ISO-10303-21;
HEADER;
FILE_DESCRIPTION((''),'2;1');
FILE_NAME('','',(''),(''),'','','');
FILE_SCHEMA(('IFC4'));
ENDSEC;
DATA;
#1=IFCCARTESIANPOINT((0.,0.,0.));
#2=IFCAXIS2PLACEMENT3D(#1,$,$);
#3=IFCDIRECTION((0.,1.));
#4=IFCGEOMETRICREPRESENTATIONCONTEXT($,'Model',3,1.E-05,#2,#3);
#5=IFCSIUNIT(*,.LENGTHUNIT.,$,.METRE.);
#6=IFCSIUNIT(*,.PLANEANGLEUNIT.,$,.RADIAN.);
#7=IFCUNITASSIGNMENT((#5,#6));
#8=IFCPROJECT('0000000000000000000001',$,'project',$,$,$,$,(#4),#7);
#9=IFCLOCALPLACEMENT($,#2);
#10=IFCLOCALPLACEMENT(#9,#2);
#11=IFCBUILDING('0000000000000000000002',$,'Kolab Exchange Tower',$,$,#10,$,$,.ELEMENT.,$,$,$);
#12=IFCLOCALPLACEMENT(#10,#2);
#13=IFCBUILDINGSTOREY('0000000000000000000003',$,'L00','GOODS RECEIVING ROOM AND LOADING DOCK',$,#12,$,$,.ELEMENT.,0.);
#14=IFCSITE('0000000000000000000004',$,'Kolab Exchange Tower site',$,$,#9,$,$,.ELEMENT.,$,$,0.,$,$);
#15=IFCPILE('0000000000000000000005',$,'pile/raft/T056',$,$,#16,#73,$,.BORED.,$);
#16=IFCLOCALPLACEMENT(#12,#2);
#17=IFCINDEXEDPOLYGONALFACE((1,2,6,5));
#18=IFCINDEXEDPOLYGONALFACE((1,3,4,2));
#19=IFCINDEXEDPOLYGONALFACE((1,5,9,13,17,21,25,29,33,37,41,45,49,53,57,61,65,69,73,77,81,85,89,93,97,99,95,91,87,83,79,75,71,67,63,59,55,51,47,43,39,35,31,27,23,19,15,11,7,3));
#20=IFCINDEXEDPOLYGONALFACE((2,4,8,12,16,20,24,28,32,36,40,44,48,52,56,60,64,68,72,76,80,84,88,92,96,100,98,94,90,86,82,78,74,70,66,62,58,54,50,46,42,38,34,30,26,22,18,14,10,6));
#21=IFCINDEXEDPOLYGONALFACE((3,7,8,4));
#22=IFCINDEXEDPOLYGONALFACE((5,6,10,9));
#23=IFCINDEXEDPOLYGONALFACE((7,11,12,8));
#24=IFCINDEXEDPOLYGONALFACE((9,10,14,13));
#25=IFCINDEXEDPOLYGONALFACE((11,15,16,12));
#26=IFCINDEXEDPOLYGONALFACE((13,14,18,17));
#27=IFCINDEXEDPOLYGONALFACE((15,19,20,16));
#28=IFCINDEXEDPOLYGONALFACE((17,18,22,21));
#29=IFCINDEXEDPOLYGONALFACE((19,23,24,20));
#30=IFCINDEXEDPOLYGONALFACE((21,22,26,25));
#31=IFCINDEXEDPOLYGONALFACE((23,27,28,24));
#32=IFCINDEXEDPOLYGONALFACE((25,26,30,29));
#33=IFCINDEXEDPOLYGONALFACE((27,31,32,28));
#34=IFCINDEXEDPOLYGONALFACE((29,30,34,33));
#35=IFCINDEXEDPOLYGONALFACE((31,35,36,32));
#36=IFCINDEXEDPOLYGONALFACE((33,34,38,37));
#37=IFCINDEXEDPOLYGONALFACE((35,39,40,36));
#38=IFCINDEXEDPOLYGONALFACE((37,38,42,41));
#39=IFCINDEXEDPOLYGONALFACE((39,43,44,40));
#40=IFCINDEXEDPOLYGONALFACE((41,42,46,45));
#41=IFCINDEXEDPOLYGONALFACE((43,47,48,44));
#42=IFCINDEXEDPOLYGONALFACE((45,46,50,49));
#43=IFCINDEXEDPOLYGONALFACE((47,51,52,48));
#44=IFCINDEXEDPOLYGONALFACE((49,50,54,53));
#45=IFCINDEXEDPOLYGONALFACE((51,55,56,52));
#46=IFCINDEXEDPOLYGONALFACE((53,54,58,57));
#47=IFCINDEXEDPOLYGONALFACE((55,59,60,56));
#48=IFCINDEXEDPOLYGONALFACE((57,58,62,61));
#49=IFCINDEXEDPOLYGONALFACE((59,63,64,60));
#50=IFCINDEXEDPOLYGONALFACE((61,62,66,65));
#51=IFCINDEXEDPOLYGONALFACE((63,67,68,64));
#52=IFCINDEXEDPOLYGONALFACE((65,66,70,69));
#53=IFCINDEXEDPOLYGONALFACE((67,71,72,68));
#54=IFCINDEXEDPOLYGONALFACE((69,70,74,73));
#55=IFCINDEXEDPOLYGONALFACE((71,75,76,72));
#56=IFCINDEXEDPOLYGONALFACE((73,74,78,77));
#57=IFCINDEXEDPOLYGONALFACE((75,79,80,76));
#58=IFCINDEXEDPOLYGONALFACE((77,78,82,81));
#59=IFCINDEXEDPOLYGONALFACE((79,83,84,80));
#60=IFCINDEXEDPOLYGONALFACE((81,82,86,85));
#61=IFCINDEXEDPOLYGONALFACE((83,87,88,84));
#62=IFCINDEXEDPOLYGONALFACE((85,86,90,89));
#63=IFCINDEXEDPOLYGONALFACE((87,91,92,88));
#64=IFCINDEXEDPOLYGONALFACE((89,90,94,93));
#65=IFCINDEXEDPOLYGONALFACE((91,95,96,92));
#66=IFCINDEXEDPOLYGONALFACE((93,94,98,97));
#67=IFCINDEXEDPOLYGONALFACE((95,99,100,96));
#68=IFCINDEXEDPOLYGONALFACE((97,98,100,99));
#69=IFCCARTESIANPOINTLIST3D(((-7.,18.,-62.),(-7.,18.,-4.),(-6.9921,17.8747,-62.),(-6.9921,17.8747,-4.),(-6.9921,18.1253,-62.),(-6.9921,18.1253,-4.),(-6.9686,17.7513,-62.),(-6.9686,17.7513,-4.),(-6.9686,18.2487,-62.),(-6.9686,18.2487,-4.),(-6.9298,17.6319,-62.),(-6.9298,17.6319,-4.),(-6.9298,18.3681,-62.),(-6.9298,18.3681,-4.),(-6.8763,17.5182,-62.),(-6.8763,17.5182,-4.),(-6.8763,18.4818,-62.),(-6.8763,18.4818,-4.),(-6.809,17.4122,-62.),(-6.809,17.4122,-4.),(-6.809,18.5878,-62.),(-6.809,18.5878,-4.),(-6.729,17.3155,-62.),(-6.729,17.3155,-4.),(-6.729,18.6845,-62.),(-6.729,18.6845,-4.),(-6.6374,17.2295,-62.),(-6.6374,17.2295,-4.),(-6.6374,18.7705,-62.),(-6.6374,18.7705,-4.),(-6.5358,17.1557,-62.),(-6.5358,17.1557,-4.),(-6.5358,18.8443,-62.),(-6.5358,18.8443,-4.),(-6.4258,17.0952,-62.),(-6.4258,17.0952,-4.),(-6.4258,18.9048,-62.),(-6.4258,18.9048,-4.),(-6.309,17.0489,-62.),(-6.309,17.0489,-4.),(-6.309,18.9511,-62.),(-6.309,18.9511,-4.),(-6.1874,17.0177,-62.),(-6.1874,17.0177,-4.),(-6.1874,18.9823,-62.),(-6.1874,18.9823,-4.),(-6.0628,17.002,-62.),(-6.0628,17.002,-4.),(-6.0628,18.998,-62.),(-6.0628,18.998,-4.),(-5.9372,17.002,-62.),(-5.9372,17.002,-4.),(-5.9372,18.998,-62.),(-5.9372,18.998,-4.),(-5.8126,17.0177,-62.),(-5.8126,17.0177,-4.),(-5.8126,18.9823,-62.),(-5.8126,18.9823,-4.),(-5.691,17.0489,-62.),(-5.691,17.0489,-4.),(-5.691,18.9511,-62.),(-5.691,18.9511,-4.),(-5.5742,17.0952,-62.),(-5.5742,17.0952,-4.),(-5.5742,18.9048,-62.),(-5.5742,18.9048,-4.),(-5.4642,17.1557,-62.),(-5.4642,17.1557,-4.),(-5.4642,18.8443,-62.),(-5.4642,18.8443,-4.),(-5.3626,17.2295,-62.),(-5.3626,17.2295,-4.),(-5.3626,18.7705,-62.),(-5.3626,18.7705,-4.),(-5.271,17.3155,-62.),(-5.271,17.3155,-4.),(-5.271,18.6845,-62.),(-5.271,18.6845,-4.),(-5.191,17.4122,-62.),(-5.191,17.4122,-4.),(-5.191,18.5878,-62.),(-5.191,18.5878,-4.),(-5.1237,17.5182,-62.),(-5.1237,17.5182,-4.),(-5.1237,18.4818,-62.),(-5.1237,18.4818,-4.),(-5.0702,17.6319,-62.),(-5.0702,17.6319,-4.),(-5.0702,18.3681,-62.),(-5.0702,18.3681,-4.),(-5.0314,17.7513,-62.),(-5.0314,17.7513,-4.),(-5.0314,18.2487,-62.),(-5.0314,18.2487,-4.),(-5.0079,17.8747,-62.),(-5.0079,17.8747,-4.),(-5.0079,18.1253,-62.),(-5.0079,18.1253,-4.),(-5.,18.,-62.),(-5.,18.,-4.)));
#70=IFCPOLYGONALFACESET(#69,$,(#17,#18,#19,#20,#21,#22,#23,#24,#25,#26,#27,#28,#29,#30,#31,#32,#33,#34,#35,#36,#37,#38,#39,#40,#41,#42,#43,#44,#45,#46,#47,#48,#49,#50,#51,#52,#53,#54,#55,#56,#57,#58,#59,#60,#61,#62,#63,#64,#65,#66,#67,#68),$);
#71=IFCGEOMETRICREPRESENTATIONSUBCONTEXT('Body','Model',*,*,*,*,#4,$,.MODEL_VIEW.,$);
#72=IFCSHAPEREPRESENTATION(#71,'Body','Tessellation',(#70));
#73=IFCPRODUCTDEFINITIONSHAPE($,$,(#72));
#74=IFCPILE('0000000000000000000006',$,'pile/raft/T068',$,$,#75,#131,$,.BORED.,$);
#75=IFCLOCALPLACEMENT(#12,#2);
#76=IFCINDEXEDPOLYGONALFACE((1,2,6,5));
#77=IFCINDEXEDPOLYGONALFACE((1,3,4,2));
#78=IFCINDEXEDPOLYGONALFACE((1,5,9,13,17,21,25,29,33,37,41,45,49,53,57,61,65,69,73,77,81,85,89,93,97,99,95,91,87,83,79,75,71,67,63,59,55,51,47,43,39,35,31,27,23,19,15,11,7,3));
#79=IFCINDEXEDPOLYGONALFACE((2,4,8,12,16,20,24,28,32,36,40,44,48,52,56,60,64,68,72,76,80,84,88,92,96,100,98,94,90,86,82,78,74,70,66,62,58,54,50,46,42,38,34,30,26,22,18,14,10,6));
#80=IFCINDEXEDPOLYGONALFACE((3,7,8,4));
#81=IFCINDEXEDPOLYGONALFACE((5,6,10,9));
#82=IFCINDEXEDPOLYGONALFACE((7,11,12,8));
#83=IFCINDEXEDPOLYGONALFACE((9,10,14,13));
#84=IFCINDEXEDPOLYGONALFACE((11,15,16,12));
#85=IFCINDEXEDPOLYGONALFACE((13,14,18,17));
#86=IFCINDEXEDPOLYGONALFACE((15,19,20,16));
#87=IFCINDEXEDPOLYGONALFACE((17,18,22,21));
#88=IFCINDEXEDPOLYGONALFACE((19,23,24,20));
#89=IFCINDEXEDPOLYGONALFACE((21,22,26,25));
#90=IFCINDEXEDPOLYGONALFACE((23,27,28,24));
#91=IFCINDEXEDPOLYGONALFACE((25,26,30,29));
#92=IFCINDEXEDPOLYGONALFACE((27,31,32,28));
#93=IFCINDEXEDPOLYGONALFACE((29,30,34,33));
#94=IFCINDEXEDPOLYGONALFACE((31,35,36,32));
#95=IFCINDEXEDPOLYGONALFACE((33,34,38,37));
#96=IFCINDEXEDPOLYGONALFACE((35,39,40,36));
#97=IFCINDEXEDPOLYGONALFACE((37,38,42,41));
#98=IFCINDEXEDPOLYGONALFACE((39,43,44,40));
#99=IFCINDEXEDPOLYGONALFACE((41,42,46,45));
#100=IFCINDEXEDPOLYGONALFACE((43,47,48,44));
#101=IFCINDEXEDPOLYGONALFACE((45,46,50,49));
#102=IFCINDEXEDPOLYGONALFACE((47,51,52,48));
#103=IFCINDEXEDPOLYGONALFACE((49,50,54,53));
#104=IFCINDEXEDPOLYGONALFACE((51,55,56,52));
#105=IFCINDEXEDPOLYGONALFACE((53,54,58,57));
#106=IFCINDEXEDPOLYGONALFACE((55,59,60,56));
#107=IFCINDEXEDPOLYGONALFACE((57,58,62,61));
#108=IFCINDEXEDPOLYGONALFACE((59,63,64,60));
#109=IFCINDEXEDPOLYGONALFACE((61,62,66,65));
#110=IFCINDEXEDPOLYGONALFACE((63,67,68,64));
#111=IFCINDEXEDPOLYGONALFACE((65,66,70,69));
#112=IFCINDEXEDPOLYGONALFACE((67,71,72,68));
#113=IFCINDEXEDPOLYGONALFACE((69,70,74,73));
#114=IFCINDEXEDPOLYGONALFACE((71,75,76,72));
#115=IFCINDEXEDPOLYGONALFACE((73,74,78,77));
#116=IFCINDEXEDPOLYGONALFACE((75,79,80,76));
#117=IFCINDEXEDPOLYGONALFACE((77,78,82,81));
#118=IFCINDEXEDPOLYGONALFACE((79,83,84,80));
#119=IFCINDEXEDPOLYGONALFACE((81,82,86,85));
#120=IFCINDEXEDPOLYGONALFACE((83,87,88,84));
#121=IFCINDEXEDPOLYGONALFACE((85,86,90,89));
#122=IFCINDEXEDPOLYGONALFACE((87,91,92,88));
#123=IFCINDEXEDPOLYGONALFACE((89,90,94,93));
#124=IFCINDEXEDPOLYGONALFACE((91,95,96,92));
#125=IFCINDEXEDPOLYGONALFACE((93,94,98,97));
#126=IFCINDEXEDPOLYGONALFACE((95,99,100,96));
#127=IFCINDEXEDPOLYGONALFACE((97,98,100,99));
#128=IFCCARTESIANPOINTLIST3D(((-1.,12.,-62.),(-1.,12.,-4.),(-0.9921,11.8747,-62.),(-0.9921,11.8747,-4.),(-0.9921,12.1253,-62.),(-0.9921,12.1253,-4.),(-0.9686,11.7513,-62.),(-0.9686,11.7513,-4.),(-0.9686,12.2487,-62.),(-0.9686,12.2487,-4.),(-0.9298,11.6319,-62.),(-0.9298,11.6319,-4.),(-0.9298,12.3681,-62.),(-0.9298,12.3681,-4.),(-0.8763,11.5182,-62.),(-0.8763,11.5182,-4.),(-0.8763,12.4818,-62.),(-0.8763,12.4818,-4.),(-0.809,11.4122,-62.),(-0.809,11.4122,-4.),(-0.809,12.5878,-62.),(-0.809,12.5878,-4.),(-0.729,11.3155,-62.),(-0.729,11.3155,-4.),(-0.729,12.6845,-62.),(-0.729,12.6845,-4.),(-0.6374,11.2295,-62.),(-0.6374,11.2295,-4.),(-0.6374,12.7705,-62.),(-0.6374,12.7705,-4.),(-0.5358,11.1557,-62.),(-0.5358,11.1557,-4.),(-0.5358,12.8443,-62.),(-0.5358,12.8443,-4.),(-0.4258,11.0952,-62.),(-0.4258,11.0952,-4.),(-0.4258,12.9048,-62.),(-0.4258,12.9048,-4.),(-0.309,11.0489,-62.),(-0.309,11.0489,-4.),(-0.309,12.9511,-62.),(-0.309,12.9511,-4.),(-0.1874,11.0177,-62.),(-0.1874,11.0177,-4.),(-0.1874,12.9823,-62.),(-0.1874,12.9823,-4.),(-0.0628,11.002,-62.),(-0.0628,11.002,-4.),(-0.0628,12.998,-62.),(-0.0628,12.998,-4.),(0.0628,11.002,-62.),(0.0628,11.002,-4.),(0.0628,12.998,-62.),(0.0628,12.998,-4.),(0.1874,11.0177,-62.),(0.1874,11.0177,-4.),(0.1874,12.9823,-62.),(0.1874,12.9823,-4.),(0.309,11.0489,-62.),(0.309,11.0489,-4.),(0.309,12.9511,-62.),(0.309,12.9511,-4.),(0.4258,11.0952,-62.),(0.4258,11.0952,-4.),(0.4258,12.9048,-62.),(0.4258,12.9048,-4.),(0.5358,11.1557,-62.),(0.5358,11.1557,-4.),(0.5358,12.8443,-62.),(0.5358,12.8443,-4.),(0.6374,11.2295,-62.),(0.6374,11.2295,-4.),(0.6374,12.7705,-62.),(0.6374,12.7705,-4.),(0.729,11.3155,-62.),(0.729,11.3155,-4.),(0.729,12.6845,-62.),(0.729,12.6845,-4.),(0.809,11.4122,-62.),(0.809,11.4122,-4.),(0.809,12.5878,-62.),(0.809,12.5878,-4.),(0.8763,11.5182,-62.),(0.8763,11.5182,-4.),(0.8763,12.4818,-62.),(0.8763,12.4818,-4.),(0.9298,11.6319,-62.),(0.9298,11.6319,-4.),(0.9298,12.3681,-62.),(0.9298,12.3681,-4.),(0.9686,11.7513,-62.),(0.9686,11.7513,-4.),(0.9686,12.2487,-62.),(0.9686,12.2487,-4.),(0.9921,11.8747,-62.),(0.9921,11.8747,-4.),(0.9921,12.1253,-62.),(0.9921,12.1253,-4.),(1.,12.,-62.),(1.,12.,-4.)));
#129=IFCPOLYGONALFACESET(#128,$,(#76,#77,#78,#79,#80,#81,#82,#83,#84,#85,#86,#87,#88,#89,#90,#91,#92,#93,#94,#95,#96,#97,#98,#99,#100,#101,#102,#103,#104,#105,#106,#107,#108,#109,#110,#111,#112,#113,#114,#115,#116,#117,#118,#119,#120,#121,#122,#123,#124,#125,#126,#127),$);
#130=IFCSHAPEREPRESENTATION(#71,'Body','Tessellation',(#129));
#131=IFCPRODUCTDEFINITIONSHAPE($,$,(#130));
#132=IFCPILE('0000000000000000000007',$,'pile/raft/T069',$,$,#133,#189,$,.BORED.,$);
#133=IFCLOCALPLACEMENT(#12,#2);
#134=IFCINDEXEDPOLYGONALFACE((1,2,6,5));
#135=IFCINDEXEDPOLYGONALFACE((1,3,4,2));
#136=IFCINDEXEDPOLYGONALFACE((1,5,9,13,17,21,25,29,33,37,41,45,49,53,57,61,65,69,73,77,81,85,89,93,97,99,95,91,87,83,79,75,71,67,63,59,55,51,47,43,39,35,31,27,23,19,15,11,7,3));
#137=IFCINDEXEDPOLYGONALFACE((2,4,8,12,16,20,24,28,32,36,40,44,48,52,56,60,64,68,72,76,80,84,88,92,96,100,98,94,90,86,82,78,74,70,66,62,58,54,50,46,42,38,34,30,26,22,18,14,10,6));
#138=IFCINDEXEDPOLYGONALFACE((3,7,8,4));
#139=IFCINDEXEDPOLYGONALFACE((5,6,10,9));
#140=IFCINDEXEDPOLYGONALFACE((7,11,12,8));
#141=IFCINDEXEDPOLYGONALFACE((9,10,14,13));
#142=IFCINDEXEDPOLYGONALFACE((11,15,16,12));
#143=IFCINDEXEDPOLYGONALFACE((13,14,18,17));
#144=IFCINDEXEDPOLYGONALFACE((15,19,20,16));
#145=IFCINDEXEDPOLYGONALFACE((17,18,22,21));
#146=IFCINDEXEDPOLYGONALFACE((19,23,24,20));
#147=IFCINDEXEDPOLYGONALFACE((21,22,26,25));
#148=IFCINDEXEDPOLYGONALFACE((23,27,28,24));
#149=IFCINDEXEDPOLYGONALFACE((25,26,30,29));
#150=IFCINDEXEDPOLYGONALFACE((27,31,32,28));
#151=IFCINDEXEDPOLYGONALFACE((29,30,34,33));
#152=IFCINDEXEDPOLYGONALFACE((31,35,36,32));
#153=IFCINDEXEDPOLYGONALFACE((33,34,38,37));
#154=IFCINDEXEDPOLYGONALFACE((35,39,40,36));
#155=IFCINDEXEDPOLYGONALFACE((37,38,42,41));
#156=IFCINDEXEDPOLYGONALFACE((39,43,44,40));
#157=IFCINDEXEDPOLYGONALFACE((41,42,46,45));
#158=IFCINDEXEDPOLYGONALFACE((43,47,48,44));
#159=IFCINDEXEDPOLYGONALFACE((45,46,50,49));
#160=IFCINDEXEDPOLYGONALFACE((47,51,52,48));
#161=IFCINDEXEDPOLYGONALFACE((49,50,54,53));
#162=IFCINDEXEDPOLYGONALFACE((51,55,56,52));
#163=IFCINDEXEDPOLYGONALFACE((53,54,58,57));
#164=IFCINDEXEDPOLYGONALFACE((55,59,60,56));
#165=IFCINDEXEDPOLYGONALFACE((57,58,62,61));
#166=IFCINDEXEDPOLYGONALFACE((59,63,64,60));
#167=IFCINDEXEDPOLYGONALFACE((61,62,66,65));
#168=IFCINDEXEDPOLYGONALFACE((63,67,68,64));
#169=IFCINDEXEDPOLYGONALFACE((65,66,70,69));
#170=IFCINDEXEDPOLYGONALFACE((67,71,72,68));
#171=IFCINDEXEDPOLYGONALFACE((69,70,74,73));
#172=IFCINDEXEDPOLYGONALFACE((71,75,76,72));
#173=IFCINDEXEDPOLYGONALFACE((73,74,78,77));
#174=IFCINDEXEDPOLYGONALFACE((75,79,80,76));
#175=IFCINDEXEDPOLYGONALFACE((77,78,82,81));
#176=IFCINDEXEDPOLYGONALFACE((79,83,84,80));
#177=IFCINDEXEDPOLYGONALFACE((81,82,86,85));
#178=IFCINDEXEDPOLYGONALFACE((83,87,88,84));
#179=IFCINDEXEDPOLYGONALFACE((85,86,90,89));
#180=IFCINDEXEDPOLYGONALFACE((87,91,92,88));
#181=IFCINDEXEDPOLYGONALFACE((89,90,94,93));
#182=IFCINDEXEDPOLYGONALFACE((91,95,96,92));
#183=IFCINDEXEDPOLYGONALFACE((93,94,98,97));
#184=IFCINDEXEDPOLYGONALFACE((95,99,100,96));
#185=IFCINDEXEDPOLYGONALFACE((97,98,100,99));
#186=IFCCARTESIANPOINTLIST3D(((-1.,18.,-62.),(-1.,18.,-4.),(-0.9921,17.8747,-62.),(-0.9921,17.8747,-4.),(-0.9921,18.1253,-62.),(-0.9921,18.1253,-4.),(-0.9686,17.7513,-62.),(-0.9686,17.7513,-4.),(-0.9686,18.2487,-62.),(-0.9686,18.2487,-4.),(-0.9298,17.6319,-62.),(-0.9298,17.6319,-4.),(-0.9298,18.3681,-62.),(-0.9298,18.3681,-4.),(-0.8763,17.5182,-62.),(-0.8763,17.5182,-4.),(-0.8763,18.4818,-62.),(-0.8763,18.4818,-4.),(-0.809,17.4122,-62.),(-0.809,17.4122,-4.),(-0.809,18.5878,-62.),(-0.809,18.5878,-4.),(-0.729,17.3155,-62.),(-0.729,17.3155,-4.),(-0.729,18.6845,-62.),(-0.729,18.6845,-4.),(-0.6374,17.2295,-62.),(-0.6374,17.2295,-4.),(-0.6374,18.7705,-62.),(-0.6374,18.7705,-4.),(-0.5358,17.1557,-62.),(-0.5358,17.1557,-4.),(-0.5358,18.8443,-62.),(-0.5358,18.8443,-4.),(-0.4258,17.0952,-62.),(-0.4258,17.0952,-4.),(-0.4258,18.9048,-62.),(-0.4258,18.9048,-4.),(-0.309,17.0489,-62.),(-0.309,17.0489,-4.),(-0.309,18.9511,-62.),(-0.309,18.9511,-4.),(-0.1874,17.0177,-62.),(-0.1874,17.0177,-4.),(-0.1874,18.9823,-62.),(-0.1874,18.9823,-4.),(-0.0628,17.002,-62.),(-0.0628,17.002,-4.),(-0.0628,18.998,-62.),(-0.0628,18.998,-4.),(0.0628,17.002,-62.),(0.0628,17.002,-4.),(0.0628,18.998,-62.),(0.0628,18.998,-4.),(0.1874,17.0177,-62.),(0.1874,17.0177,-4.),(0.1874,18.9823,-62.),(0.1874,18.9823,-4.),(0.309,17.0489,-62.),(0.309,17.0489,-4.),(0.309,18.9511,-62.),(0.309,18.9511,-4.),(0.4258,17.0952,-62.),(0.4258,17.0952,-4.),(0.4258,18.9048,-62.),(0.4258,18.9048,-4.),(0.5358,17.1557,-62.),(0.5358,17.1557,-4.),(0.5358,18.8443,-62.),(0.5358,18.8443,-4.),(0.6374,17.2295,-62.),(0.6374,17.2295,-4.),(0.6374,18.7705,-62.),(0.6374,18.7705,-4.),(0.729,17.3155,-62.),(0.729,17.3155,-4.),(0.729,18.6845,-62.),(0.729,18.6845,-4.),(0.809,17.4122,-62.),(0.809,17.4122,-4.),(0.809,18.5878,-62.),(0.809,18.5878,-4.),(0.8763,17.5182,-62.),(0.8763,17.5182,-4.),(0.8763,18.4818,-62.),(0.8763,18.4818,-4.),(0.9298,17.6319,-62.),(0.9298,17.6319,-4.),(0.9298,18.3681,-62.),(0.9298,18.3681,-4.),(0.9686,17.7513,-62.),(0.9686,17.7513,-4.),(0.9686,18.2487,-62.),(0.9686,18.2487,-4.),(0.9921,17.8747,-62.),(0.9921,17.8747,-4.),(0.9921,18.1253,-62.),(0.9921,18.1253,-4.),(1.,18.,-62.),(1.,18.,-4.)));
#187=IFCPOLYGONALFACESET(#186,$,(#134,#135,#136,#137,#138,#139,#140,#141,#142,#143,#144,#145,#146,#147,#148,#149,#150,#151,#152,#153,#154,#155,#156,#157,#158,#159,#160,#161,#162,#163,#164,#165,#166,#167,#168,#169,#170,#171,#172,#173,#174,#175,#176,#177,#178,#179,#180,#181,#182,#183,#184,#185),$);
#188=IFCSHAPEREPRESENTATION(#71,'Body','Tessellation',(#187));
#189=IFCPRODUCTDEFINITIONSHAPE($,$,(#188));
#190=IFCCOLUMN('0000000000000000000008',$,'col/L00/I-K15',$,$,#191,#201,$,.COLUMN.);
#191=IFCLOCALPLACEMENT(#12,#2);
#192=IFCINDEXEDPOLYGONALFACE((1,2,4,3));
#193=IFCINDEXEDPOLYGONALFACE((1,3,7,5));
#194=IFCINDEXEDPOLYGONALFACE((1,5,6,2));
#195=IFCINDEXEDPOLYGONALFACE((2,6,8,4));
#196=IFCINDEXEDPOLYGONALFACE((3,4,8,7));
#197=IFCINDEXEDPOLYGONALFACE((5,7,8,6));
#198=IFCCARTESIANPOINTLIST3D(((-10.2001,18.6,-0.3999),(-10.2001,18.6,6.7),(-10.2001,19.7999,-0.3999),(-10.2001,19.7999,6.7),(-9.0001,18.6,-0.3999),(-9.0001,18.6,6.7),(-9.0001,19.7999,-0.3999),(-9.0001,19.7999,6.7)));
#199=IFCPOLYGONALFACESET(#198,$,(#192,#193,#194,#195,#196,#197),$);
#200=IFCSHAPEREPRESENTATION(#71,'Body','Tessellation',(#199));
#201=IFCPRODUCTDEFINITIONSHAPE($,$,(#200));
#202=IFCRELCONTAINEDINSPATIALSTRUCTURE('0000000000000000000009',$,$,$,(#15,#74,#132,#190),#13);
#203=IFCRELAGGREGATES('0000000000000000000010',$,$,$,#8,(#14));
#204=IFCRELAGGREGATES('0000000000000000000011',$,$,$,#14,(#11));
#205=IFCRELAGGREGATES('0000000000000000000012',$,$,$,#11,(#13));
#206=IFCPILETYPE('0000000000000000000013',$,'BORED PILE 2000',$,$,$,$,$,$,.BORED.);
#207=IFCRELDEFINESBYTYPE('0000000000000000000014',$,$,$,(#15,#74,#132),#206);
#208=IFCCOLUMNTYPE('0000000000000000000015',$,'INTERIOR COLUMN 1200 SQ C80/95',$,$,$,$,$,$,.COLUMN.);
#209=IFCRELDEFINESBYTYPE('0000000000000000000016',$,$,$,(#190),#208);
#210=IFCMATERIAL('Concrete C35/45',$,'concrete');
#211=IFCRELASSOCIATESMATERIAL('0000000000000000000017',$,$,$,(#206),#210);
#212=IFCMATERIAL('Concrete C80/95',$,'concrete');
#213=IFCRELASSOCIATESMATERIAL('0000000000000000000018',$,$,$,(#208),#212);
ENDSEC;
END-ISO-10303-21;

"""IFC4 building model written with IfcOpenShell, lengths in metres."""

from ifc_helpers import new_model, si_unit, direction, frame, origin, origin_2d, place, context, subcontext, project, spatial, rectangle, circle, extrude, material, material_profile, profile_set, type_object, element, save


model = new_model("IFC4")

# Units and contexts
model_context = context("Model", 3, precision=1e-05, world=origin(), true_north=direction((0.0, 1.0)))
body_context = subcontext(model_context, "Body", "Model", "MODEL_VIEW")
ifc_project = project(units=[si_unit("LENGTHUNIT", "METRE"), si_unit("PLANEANGLEUNIT", "RADIAN")], contexts=[model_context])

# Site, building, storey
site_placement = place(None, origin())
site = spatial("IfcSite", under=ifc_project, at=site_placement, Name="Kolab Exchange Tower site", CompositionType="ELEMENT", RefElevation=0.0)
building_placement = place(site_placement, origin())
building = spatial("IfcBuilding", under=site, at=building_placement, Name="Kolab Exchange Tower", CompositionType="ELEMENT")
storey_placement = place(building_placement, origin())
storey = spatial("IfcBuildingStorey", under=building, at=storey_placement, Name="L00", Description="GOODS RECEIVING ROOM AND LOADING DOCK", CompositionType="ELEMENT", Elevation=0.0)

# Piles
ifc_material_1 = material(Name="Concrete C35/45", Category="concrete")
ifc_material_profile_1 = material_profile(ifc_material_1, circle(Radius=1.0, at=origin_2d()), Name="BP2000")
ifc_profile_set_1 = profile_set([ifc_material_profile_1], Name="Concrete C35/45")
pile_type = type_object("IfcPileType", Name="BORED PILE 2000", PredefinedType="BORED", material=ifc_profile_set_1)
for number, where, z_axis, x_axis, name in (
    (1, (-6.0, 18.0, -4.0), (0.0, 0.0, -1.0), (1.0, 0.0, 0.0), "pile/raft/T056"),
    (2, (0.0, 12.0, -4.0), (0.0, 0.0, -1.0), (1.0, 0.0, 0.0), "pile/raft/T068"),
    (3, (0.0, 18.0, -4.0), (0.0, 0.0, -1.0), (1.0, 0.0, 0.0), "pile/raft/T069"),
):
    element("IfcPile", number, at=place(storey_placement, frame(where, z_axis=z_axis, x_axis=x_axis)), inside=storey, type_object=pile_type, Name=name, PredefinedType="BORED", context=body_context, shape_type="SweptSolid", body=[
        extrude(circle(Radius=1.0, at=origin_2d()), origin(), (0.0, 0.0, 1.0), 58.0),
    ])

# Column
ifc_material_2 = material(Name="Concrete C80/95", Category="concrete")
ifc_material_profile_2 = material_profile(ifc_material_2, rectangle(XDim=1.2, YDim=1.2, at=origin_2d()), Name="RC1200")
ifc_profile_set_2 = profile_set([ifc_material_profile_2], Name="Concrete C80/95")
column_type = type_object("IfcColumnType", Name="INTERIOR COLUMN 1200 SQ C80/95", PredefinedType="COLUMN", material=ifc_profile_set_2)
column_placement = place(storey_placement, frame((-9.6001, 19.2, -0.3999), z_axis=(0.0, 0.0, 1.0), x_axis=(1.0, 0.0, 0.0)))
element("IfcColumn", 4, at=column_placement, inside=storey, type_object=column_type, Name="col/L00/I-K15", PredefinedType="COLUMN", context=body_context, shape_type="SweptSolid", body=[
    extrude(rectangle(XDim=1.2, YDim=1.2, at=origin_2d()), origin(), (0.0, 0.0, 1.0), 7.0999),
])

save(model, "model.ifc")
